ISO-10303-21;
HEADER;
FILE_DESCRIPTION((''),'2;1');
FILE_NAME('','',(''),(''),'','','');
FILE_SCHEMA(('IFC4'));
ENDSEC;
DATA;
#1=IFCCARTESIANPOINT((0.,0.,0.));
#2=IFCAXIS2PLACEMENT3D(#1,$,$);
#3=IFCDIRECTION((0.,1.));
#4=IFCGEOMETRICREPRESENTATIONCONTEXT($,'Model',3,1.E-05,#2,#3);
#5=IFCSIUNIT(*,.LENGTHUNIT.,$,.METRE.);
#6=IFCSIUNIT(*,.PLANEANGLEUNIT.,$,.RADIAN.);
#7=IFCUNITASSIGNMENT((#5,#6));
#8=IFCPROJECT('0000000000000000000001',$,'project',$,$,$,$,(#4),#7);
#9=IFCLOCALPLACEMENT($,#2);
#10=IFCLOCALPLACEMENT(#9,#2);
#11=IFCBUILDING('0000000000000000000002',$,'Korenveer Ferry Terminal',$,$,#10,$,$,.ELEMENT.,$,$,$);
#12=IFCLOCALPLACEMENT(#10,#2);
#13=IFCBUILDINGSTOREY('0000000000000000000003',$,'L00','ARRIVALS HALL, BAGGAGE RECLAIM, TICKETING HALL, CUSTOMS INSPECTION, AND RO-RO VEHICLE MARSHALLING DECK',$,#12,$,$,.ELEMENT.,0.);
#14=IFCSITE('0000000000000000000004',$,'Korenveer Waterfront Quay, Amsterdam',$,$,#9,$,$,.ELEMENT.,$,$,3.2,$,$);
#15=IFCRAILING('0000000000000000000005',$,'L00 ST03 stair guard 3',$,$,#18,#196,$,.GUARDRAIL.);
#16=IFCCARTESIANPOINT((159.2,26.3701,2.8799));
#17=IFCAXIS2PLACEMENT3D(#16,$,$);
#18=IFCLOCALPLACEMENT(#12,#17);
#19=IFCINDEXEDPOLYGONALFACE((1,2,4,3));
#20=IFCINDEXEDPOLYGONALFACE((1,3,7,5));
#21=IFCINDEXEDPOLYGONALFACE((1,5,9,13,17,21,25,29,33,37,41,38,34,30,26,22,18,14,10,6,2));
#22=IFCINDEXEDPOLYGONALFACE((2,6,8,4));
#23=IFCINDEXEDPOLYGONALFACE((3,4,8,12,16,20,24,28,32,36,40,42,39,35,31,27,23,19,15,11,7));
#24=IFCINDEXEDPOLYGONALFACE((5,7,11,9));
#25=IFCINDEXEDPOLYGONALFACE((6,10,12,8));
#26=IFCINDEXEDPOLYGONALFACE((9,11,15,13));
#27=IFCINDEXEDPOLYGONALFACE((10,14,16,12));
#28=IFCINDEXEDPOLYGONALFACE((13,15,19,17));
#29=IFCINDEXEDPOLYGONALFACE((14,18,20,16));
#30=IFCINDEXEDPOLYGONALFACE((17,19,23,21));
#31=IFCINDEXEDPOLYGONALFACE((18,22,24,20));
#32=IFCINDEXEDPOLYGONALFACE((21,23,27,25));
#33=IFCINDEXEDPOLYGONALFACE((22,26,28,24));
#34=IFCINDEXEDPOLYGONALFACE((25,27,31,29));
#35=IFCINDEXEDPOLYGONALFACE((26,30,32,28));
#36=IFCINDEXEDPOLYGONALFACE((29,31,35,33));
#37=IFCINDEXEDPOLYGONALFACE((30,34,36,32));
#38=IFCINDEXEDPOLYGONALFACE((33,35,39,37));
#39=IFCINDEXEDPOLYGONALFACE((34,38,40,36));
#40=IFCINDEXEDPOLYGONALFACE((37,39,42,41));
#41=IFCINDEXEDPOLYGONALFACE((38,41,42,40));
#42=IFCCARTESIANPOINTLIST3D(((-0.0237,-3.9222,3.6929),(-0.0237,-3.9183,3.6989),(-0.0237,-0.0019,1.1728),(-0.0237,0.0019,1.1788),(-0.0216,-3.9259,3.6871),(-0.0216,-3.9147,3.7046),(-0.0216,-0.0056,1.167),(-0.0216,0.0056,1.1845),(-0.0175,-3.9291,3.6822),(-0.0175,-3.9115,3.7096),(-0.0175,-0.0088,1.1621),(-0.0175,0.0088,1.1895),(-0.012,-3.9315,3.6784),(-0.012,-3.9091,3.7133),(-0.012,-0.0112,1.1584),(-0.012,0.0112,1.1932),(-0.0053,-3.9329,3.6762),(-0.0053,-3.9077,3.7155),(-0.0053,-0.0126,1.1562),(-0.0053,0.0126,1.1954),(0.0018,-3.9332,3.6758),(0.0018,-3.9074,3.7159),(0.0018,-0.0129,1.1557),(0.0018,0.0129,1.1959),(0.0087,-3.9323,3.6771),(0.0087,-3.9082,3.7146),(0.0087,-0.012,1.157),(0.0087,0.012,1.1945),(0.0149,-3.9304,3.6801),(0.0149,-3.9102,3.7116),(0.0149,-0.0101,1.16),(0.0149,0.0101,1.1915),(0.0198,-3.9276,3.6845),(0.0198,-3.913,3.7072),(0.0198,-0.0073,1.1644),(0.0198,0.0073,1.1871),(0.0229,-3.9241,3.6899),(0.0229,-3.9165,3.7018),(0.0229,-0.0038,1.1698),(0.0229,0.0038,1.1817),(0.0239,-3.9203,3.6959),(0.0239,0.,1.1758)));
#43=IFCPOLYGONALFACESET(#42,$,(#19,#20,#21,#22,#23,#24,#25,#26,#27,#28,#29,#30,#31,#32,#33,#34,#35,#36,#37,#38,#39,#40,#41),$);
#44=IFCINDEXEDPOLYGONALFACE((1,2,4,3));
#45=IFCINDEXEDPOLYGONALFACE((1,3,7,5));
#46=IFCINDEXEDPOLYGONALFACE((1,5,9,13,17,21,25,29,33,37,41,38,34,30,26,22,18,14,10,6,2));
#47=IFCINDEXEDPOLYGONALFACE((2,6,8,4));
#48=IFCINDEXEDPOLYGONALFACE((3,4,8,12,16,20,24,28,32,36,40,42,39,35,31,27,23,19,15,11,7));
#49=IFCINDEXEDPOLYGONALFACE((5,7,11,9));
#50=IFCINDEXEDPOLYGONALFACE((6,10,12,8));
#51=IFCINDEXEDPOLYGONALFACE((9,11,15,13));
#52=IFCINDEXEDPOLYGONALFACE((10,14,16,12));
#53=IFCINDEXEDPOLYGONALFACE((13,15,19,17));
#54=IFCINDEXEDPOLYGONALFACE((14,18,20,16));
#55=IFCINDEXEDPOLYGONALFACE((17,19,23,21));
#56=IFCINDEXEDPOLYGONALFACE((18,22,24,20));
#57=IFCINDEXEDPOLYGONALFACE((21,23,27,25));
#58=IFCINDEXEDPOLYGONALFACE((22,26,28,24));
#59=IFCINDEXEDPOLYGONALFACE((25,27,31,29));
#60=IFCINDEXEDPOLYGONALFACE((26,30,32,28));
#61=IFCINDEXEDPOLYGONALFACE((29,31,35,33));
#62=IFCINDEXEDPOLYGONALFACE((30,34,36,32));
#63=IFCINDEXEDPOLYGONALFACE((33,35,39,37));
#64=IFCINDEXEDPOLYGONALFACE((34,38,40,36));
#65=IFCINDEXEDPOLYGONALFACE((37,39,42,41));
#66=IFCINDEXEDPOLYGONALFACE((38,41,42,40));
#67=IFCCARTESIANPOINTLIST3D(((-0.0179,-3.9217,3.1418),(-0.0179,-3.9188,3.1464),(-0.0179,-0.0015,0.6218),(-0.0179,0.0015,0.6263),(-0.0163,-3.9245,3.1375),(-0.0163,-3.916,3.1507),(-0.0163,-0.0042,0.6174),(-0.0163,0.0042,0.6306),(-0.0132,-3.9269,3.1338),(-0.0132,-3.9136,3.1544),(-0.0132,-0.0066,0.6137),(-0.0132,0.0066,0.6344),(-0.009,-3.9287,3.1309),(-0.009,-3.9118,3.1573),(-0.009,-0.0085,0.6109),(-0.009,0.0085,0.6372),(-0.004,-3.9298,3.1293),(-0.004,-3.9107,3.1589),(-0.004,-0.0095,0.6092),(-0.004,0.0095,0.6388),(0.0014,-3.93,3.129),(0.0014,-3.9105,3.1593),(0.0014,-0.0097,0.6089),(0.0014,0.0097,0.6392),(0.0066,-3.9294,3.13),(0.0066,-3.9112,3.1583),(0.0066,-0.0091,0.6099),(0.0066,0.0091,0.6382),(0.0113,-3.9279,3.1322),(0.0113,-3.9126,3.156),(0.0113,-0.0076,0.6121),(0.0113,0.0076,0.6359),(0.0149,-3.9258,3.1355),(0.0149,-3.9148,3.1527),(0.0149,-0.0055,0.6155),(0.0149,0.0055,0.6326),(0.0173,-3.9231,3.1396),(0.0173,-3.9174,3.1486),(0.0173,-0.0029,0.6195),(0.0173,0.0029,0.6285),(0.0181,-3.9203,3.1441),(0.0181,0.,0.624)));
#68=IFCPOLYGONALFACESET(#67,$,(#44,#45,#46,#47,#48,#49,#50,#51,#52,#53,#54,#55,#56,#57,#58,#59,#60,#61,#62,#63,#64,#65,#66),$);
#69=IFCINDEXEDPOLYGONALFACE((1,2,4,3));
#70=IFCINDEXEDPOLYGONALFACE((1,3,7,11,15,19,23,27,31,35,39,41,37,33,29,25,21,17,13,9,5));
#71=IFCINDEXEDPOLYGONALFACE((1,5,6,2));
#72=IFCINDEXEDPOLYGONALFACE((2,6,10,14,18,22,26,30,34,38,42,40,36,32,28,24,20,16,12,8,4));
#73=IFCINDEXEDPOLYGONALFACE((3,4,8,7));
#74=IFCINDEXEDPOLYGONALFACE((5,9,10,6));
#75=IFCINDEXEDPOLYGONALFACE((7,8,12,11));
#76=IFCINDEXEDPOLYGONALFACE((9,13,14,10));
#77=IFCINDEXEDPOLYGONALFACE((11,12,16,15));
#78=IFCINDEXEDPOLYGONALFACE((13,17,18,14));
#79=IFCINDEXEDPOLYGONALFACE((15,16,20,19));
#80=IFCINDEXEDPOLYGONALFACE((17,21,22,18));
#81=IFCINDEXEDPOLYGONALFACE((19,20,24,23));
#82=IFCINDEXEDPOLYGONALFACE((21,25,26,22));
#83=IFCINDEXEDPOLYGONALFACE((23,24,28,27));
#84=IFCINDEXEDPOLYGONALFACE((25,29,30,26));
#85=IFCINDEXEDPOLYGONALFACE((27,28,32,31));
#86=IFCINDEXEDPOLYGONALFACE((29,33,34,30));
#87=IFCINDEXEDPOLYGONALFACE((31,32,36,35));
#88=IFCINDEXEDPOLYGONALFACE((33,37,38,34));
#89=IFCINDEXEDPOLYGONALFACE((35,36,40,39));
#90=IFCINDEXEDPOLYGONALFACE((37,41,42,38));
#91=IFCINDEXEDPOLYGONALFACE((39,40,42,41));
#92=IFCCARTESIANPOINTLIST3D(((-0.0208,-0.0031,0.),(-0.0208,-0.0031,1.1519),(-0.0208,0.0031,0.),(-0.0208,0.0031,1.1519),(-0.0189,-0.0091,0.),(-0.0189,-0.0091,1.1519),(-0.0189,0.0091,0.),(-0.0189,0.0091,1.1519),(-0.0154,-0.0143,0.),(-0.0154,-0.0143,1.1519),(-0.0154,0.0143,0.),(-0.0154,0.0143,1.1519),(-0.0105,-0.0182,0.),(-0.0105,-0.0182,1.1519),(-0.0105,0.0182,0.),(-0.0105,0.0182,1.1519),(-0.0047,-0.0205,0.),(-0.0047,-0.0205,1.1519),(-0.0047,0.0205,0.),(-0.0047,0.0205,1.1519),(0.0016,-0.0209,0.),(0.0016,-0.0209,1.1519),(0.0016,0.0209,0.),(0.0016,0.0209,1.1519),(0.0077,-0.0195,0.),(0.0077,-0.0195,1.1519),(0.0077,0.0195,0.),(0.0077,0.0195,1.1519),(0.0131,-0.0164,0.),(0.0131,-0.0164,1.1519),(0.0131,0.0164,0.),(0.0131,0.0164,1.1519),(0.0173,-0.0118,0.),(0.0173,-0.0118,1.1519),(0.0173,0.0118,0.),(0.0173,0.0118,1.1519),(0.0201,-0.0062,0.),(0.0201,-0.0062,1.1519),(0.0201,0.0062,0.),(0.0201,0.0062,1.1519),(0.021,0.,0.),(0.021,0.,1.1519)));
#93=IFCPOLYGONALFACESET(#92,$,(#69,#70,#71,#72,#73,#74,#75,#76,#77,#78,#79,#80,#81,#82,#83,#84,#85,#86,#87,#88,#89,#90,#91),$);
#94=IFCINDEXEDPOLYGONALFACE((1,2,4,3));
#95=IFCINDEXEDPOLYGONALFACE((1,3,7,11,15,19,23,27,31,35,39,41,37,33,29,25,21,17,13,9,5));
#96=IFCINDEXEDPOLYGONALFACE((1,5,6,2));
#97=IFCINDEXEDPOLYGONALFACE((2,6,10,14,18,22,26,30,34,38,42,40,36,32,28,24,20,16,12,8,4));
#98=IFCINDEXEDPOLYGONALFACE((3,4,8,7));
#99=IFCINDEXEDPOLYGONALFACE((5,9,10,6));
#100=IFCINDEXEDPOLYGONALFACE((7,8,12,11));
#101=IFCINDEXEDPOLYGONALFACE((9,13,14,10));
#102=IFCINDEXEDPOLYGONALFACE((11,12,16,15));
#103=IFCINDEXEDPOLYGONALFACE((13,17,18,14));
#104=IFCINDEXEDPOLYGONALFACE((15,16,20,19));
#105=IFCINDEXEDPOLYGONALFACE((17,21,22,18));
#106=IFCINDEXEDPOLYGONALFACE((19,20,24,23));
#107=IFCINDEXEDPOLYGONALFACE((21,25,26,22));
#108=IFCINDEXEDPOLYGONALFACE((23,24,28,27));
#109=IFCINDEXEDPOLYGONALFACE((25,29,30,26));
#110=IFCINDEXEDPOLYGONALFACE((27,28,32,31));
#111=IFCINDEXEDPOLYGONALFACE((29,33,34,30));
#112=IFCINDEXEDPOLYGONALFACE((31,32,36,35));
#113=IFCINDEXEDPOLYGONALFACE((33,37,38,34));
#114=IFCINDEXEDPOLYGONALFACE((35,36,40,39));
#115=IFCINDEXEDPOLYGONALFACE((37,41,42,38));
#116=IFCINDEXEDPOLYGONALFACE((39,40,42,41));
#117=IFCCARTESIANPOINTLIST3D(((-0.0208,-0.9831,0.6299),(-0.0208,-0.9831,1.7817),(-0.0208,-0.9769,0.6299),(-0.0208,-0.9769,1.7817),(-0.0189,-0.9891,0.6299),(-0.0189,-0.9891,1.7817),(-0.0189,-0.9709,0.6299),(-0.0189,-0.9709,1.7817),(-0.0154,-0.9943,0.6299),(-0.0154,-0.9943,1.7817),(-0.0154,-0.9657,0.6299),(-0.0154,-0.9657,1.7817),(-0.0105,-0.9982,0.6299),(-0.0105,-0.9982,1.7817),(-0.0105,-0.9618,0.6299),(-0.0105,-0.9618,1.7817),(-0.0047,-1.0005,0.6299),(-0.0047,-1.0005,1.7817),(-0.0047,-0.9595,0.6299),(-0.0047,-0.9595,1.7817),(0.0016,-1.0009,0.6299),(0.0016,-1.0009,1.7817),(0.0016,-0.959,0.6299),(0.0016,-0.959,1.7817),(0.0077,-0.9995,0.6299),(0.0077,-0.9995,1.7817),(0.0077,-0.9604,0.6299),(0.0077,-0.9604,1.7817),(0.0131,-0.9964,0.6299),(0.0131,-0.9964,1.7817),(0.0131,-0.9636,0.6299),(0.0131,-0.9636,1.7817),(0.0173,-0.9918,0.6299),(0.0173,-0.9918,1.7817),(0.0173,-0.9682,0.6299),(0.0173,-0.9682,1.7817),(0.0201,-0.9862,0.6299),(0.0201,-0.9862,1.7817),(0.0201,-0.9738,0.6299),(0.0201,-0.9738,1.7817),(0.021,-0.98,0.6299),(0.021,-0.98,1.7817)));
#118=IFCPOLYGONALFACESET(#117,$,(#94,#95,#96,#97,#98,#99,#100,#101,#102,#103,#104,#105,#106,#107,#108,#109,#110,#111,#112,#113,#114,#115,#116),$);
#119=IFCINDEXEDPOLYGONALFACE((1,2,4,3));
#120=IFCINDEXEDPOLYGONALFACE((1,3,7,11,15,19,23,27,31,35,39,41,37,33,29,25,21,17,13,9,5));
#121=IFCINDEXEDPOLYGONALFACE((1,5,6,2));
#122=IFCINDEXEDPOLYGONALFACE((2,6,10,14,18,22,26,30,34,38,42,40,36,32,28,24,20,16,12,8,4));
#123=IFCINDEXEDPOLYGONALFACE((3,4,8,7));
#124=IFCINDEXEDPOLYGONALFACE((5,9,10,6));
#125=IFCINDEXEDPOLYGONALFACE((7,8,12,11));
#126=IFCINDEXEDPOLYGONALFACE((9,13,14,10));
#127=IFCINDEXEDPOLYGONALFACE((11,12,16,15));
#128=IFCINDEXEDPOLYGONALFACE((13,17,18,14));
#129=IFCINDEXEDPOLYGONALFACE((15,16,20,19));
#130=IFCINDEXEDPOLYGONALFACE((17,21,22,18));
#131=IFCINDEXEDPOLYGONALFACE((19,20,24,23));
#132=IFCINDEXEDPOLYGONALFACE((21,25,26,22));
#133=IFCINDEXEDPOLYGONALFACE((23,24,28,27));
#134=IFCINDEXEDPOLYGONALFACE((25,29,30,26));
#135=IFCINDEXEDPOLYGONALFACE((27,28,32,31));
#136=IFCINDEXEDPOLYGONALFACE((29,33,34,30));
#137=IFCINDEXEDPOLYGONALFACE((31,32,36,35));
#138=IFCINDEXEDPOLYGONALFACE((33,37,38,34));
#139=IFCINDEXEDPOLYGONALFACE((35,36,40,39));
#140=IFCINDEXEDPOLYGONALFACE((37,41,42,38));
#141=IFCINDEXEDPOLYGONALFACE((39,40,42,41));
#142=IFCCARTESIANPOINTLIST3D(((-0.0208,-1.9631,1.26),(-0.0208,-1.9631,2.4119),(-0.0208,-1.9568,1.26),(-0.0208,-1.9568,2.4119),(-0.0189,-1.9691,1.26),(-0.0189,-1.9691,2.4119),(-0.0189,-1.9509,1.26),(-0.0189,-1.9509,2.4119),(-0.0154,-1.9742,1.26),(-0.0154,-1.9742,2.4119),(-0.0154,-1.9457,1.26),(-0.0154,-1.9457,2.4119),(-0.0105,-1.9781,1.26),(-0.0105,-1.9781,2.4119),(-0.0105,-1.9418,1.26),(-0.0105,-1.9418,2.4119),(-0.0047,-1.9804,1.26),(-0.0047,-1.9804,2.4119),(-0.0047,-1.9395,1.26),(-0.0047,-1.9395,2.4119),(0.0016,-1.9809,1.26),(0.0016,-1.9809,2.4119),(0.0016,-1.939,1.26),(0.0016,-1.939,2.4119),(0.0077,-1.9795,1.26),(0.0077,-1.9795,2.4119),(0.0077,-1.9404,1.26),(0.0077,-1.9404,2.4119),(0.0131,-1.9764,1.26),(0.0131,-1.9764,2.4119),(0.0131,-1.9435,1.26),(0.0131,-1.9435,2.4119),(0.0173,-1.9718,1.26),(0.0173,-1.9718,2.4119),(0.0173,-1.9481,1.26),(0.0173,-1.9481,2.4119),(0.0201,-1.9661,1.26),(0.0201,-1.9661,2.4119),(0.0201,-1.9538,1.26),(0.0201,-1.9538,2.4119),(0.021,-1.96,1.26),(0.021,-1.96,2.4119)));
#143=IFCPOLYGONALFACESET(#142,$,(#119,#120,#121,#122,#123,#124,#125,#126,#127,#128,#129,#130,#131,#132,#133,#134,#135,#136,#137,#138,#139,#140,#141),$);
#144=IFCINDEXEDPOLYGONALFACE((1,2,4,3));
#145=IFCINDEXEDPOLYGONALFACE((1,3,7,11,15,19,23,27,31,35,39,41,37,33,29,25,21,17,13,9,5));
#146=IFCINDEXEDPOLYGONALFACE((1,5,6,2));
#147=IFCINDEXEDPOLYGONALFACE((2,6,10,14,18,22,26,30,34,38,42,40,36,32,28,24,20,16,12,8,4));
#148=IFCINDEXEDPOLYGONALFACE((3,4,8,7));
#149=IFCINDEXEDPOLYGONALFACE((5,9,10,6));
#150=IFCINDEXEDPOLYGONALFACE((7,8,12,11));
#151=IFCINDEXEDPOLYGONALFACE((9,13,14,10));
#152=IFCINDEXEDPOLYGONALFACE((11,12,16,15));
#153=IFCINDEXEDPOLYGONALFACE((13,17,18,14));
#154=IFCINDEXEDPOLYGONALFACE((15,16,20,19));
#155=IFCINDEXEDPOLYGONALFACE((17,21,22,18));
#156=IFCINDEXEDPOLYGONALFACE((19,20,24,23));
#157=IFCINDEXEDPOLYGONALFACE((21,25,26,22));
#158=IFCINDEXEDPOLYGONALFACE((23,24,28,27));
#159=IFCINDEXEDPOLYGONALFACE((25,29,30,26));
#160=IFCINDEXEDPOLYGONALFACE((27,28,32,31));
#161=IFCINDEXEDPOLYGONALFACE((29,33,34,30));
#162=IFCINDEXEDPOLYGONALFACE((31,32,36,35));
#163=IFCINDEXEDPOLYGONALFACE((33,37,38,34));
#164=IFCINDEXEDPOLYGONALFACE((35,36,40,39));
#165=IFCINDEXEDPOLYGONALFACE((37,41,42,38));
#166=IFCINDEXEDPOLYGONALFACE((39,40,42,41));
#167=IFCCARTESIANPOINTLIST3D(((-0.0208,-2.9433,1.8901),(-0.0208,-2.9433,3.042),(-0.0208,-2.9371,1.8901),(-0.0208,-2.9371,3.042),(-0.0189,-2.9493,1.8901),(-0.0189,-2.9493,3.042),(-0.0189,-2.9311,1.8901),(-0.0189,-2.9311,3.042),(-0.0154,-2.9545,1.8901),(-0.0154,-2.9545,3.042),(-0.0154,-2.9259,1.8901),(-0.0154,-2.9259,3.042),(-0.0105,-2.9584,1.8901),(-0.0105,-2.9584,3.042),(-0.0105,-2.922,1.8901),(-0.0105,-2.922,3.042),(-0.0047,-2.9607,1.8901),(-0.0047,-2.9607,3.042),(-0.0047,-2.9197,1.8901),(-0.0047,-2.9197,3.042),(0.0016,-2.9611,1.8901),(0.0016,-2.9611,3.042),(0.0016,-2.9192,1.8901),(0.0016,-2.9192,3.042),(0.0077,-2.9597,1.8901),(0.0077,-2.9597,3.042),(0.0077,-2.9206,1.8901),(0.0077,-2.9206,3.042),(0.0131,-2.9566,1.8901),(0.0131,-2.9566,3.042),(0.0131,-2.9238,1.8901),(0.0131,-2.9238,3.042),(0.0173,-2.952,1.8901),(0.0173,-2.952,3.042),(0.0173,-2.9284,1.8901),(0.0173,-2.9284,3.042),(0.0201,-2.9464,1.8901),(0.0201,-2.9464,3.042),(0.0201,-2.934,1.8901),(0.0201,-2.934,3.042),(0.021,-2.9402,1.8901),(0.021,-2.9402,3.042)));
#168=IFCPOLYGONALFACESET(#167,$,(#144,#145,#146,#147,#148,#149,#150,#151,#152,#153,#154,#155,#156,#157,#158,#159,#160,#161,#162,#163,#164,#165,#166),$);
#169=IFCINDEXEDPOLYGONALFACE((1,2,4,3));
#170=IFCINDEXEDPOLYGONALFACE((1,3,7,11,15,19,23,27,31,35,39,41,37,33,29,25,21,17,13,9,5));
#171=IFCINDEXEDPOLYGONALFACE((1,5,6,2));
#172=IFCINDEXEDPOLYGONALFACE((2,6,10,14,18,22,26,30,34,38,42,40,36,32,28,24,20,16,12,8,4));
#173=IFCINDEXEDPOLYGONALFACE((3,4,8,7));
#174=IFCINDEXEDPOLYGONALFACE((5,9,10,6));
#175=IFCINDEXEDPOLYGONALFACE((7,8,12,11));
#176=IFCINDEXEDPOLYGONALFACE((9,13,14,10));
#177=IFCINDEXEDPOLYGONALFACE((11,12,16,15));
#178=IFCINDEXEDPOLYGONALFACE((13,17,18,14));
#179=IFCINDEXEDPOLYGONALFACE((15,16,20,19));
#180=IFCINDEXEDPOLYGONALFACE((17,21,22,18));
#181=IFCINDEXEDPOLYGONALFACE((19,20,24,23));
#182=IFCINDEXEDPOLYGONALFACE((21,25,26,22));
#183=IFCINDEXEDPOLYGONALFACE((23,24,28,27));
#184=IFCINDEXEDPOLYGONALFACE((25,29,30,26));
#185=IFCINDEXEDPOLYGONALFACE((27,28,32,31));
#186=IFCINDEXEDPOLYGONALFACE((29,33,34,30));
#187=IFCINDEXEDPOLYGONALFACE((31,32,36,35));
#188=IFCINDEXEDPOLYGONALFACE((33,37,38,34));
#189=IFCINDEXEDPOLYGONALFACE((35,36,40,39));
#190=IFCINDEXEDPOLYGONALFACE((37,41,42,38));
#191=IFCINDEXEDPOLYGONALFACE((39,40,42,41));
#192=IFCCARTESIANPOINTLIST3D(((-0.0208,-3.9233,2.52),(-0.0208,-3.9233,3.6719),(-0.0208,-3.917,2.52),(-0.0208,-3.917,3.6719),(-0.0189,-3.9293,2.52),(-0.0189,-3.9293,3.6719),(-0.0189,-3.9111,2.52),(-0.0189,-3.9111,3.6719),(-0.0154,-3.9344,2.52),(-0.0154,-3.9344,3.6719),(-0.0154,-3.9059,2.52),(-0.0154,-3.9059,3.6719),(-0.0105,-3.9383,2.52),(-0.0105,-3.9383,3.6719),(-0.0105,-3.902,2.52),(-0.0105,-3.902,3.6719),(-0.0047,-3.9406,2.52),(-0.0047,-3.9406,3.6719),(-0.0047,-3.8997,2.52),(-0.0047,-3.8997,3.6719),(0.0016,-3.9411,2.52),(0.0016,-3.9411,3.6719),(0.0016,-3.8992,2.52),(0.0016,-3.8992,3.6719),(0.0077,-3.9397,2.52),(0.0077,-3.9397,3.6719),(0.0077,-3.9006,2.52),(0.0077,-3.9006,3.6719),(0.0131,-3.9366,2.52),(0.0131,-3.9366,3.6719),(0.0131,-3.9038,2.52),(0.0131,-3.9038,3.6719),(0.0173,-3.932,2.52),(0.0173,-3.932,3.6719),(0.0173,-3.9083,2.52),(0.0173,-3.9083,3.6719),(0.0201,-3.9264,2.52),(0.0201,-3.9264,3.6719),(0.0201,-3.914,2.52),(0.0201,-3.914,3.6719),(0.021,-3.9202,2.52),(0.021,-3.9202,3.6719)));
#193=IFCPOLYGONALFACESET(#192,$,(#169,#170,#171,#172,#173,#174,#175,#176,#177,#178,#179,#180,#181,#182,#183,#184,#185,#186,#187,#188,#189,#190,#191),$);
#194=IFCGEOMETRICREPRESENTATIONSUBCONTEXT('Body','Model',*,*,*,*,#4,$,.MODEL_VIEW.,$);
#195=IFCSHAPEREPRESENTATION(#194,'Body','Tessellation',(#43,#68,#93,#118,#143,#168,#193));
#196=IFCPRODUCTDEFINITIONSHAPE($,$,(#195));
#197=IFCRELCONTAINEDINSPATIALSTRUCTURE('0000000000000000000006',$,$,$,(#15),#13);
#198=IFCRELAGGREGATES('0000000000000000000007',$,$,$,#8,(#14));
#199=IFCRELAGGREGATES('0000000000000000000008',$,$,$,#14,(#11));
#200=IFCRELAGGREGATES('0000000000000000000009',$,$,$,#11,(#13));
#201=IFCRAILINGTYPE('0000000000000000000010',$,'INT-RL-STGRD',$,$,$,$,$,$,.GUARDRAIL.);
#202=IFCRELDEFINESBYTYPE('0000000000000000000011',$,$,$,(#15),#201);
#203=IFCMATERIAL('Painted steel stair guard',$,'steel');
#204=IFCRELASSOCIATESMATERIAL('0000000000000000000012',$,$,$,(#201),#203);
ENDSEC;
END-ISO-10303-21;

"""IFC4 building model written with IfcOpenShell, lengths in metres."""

from ifc_helpers import new_model, si_unit, direction, frame, origin, origin_2d, place, context, subcontext, project, spatial, circle, extrude, material, type_object, element, save


model = new_model("IFC4")

# Units and contexts
model_context = context("Model", 3, precision=1e-05, world=origin(), true_north=direction((0.0, 1.0)))
body_context = subcontext(model_context, "Body", "Model", "MODEL_VIEW")
ifc_project = project(units=[si_unit("LENGTHUNIT", "METRE"), si_unit("PLANEANGLEUNIT", "RADIAN")], contexts=[model_context])

# Site, building, storey
site_placement = place(None, origin())
site = spatial("IfcSite", under=ifc_project, at=site_placement, Name="Korenveer Waterfront Quay, Amsterdam", CompositionType="ELEMENT", RefElevation=3.2)
building_placement = place(site_placement, origin())
building = spatial("IfcBuilding", under=site, at=building_placement, Name="Korenveer Ferry Terminal", CompositionType="ELEMENT")
storey_placement = place(building_placement, origin())
storey = spatial("IfcBuildingStorey", under=building, at=storey_placement, Name="L00", Description="ARRIVALS HALL, BAGGAGE RECLAIM, TICKETING HALL, CUSTOMS INSPECTION, AND RO-RO VEHICLE MARSHALLING DECK", CompositionType="ELEMENT", Elevation=0.0)

# Railing
ifc_material_1 = material(Name="Painted steel stair guard", Category="steel")
railing_type_1 = type_object("IfcRailingType", Name="INT-RL-STGRD", PredefinedType="GUARDRAIL", material=ifc_material_1)
railing_1_placement = place(storey_placement, frame((159.2, 26.3701, 2.8799)))
element("IfcRailing", 1, at=railing_1_placement, inside=storey, type_object=railing_type_1, Name="L00 ST03 stair guard 3", PredefinedType="GUARDRAIL", context=body_context, shape_type="SweptSolid", body=[
    extrude(circle(Radius=0.0239, at=origin_2d()), frame((0.0, 0.0, 1.1758), z_axis=(0.0, -0.841187, 0.540744), x_axis=(1.0, 0.0, 0.0)), (0.0, 0.0, 1.0), 4.6604),
    extrude(circle(Radius=0.0181, at=origin_2d()), frame((0.0, 0.0, 0.624), z_axis=(0.0, -0.841187, 0.540744), x_axis=(1.0, 0.0, 0.0)), (0.0, 0.0, 1.0), 4.6604),
    extrude(circle(Radius=0.021, at=origin_2d()), origin(), (0.0, 0.0, 1.0), 1.1519),
    extrude(circle(Radius=0.021, at=origin_2d()), frame((0.0, -0.98, 0.6299)), (0.0, 0.0, 1.0), 1.1519),
    extrude(circle(Radius=0.021, at=origin_2d()), frame((0.0, -1.96, 1.26)), (0.0, 0.0, 1.0), 1.1519),
    extrude(circle(Radius=0.021, at=origin_2d()), frame((0.0, -2.9402, 1.8901)), (0.0, 0.0, 1.0), 1.1519),
    extrude(circle(Radius=0.021, at=origin_2d()), frame((0.0, -3.9202, 2.52)), (0.0, 0.0, 1.0), 1.1519),
])

save(model, "model.ifc")
